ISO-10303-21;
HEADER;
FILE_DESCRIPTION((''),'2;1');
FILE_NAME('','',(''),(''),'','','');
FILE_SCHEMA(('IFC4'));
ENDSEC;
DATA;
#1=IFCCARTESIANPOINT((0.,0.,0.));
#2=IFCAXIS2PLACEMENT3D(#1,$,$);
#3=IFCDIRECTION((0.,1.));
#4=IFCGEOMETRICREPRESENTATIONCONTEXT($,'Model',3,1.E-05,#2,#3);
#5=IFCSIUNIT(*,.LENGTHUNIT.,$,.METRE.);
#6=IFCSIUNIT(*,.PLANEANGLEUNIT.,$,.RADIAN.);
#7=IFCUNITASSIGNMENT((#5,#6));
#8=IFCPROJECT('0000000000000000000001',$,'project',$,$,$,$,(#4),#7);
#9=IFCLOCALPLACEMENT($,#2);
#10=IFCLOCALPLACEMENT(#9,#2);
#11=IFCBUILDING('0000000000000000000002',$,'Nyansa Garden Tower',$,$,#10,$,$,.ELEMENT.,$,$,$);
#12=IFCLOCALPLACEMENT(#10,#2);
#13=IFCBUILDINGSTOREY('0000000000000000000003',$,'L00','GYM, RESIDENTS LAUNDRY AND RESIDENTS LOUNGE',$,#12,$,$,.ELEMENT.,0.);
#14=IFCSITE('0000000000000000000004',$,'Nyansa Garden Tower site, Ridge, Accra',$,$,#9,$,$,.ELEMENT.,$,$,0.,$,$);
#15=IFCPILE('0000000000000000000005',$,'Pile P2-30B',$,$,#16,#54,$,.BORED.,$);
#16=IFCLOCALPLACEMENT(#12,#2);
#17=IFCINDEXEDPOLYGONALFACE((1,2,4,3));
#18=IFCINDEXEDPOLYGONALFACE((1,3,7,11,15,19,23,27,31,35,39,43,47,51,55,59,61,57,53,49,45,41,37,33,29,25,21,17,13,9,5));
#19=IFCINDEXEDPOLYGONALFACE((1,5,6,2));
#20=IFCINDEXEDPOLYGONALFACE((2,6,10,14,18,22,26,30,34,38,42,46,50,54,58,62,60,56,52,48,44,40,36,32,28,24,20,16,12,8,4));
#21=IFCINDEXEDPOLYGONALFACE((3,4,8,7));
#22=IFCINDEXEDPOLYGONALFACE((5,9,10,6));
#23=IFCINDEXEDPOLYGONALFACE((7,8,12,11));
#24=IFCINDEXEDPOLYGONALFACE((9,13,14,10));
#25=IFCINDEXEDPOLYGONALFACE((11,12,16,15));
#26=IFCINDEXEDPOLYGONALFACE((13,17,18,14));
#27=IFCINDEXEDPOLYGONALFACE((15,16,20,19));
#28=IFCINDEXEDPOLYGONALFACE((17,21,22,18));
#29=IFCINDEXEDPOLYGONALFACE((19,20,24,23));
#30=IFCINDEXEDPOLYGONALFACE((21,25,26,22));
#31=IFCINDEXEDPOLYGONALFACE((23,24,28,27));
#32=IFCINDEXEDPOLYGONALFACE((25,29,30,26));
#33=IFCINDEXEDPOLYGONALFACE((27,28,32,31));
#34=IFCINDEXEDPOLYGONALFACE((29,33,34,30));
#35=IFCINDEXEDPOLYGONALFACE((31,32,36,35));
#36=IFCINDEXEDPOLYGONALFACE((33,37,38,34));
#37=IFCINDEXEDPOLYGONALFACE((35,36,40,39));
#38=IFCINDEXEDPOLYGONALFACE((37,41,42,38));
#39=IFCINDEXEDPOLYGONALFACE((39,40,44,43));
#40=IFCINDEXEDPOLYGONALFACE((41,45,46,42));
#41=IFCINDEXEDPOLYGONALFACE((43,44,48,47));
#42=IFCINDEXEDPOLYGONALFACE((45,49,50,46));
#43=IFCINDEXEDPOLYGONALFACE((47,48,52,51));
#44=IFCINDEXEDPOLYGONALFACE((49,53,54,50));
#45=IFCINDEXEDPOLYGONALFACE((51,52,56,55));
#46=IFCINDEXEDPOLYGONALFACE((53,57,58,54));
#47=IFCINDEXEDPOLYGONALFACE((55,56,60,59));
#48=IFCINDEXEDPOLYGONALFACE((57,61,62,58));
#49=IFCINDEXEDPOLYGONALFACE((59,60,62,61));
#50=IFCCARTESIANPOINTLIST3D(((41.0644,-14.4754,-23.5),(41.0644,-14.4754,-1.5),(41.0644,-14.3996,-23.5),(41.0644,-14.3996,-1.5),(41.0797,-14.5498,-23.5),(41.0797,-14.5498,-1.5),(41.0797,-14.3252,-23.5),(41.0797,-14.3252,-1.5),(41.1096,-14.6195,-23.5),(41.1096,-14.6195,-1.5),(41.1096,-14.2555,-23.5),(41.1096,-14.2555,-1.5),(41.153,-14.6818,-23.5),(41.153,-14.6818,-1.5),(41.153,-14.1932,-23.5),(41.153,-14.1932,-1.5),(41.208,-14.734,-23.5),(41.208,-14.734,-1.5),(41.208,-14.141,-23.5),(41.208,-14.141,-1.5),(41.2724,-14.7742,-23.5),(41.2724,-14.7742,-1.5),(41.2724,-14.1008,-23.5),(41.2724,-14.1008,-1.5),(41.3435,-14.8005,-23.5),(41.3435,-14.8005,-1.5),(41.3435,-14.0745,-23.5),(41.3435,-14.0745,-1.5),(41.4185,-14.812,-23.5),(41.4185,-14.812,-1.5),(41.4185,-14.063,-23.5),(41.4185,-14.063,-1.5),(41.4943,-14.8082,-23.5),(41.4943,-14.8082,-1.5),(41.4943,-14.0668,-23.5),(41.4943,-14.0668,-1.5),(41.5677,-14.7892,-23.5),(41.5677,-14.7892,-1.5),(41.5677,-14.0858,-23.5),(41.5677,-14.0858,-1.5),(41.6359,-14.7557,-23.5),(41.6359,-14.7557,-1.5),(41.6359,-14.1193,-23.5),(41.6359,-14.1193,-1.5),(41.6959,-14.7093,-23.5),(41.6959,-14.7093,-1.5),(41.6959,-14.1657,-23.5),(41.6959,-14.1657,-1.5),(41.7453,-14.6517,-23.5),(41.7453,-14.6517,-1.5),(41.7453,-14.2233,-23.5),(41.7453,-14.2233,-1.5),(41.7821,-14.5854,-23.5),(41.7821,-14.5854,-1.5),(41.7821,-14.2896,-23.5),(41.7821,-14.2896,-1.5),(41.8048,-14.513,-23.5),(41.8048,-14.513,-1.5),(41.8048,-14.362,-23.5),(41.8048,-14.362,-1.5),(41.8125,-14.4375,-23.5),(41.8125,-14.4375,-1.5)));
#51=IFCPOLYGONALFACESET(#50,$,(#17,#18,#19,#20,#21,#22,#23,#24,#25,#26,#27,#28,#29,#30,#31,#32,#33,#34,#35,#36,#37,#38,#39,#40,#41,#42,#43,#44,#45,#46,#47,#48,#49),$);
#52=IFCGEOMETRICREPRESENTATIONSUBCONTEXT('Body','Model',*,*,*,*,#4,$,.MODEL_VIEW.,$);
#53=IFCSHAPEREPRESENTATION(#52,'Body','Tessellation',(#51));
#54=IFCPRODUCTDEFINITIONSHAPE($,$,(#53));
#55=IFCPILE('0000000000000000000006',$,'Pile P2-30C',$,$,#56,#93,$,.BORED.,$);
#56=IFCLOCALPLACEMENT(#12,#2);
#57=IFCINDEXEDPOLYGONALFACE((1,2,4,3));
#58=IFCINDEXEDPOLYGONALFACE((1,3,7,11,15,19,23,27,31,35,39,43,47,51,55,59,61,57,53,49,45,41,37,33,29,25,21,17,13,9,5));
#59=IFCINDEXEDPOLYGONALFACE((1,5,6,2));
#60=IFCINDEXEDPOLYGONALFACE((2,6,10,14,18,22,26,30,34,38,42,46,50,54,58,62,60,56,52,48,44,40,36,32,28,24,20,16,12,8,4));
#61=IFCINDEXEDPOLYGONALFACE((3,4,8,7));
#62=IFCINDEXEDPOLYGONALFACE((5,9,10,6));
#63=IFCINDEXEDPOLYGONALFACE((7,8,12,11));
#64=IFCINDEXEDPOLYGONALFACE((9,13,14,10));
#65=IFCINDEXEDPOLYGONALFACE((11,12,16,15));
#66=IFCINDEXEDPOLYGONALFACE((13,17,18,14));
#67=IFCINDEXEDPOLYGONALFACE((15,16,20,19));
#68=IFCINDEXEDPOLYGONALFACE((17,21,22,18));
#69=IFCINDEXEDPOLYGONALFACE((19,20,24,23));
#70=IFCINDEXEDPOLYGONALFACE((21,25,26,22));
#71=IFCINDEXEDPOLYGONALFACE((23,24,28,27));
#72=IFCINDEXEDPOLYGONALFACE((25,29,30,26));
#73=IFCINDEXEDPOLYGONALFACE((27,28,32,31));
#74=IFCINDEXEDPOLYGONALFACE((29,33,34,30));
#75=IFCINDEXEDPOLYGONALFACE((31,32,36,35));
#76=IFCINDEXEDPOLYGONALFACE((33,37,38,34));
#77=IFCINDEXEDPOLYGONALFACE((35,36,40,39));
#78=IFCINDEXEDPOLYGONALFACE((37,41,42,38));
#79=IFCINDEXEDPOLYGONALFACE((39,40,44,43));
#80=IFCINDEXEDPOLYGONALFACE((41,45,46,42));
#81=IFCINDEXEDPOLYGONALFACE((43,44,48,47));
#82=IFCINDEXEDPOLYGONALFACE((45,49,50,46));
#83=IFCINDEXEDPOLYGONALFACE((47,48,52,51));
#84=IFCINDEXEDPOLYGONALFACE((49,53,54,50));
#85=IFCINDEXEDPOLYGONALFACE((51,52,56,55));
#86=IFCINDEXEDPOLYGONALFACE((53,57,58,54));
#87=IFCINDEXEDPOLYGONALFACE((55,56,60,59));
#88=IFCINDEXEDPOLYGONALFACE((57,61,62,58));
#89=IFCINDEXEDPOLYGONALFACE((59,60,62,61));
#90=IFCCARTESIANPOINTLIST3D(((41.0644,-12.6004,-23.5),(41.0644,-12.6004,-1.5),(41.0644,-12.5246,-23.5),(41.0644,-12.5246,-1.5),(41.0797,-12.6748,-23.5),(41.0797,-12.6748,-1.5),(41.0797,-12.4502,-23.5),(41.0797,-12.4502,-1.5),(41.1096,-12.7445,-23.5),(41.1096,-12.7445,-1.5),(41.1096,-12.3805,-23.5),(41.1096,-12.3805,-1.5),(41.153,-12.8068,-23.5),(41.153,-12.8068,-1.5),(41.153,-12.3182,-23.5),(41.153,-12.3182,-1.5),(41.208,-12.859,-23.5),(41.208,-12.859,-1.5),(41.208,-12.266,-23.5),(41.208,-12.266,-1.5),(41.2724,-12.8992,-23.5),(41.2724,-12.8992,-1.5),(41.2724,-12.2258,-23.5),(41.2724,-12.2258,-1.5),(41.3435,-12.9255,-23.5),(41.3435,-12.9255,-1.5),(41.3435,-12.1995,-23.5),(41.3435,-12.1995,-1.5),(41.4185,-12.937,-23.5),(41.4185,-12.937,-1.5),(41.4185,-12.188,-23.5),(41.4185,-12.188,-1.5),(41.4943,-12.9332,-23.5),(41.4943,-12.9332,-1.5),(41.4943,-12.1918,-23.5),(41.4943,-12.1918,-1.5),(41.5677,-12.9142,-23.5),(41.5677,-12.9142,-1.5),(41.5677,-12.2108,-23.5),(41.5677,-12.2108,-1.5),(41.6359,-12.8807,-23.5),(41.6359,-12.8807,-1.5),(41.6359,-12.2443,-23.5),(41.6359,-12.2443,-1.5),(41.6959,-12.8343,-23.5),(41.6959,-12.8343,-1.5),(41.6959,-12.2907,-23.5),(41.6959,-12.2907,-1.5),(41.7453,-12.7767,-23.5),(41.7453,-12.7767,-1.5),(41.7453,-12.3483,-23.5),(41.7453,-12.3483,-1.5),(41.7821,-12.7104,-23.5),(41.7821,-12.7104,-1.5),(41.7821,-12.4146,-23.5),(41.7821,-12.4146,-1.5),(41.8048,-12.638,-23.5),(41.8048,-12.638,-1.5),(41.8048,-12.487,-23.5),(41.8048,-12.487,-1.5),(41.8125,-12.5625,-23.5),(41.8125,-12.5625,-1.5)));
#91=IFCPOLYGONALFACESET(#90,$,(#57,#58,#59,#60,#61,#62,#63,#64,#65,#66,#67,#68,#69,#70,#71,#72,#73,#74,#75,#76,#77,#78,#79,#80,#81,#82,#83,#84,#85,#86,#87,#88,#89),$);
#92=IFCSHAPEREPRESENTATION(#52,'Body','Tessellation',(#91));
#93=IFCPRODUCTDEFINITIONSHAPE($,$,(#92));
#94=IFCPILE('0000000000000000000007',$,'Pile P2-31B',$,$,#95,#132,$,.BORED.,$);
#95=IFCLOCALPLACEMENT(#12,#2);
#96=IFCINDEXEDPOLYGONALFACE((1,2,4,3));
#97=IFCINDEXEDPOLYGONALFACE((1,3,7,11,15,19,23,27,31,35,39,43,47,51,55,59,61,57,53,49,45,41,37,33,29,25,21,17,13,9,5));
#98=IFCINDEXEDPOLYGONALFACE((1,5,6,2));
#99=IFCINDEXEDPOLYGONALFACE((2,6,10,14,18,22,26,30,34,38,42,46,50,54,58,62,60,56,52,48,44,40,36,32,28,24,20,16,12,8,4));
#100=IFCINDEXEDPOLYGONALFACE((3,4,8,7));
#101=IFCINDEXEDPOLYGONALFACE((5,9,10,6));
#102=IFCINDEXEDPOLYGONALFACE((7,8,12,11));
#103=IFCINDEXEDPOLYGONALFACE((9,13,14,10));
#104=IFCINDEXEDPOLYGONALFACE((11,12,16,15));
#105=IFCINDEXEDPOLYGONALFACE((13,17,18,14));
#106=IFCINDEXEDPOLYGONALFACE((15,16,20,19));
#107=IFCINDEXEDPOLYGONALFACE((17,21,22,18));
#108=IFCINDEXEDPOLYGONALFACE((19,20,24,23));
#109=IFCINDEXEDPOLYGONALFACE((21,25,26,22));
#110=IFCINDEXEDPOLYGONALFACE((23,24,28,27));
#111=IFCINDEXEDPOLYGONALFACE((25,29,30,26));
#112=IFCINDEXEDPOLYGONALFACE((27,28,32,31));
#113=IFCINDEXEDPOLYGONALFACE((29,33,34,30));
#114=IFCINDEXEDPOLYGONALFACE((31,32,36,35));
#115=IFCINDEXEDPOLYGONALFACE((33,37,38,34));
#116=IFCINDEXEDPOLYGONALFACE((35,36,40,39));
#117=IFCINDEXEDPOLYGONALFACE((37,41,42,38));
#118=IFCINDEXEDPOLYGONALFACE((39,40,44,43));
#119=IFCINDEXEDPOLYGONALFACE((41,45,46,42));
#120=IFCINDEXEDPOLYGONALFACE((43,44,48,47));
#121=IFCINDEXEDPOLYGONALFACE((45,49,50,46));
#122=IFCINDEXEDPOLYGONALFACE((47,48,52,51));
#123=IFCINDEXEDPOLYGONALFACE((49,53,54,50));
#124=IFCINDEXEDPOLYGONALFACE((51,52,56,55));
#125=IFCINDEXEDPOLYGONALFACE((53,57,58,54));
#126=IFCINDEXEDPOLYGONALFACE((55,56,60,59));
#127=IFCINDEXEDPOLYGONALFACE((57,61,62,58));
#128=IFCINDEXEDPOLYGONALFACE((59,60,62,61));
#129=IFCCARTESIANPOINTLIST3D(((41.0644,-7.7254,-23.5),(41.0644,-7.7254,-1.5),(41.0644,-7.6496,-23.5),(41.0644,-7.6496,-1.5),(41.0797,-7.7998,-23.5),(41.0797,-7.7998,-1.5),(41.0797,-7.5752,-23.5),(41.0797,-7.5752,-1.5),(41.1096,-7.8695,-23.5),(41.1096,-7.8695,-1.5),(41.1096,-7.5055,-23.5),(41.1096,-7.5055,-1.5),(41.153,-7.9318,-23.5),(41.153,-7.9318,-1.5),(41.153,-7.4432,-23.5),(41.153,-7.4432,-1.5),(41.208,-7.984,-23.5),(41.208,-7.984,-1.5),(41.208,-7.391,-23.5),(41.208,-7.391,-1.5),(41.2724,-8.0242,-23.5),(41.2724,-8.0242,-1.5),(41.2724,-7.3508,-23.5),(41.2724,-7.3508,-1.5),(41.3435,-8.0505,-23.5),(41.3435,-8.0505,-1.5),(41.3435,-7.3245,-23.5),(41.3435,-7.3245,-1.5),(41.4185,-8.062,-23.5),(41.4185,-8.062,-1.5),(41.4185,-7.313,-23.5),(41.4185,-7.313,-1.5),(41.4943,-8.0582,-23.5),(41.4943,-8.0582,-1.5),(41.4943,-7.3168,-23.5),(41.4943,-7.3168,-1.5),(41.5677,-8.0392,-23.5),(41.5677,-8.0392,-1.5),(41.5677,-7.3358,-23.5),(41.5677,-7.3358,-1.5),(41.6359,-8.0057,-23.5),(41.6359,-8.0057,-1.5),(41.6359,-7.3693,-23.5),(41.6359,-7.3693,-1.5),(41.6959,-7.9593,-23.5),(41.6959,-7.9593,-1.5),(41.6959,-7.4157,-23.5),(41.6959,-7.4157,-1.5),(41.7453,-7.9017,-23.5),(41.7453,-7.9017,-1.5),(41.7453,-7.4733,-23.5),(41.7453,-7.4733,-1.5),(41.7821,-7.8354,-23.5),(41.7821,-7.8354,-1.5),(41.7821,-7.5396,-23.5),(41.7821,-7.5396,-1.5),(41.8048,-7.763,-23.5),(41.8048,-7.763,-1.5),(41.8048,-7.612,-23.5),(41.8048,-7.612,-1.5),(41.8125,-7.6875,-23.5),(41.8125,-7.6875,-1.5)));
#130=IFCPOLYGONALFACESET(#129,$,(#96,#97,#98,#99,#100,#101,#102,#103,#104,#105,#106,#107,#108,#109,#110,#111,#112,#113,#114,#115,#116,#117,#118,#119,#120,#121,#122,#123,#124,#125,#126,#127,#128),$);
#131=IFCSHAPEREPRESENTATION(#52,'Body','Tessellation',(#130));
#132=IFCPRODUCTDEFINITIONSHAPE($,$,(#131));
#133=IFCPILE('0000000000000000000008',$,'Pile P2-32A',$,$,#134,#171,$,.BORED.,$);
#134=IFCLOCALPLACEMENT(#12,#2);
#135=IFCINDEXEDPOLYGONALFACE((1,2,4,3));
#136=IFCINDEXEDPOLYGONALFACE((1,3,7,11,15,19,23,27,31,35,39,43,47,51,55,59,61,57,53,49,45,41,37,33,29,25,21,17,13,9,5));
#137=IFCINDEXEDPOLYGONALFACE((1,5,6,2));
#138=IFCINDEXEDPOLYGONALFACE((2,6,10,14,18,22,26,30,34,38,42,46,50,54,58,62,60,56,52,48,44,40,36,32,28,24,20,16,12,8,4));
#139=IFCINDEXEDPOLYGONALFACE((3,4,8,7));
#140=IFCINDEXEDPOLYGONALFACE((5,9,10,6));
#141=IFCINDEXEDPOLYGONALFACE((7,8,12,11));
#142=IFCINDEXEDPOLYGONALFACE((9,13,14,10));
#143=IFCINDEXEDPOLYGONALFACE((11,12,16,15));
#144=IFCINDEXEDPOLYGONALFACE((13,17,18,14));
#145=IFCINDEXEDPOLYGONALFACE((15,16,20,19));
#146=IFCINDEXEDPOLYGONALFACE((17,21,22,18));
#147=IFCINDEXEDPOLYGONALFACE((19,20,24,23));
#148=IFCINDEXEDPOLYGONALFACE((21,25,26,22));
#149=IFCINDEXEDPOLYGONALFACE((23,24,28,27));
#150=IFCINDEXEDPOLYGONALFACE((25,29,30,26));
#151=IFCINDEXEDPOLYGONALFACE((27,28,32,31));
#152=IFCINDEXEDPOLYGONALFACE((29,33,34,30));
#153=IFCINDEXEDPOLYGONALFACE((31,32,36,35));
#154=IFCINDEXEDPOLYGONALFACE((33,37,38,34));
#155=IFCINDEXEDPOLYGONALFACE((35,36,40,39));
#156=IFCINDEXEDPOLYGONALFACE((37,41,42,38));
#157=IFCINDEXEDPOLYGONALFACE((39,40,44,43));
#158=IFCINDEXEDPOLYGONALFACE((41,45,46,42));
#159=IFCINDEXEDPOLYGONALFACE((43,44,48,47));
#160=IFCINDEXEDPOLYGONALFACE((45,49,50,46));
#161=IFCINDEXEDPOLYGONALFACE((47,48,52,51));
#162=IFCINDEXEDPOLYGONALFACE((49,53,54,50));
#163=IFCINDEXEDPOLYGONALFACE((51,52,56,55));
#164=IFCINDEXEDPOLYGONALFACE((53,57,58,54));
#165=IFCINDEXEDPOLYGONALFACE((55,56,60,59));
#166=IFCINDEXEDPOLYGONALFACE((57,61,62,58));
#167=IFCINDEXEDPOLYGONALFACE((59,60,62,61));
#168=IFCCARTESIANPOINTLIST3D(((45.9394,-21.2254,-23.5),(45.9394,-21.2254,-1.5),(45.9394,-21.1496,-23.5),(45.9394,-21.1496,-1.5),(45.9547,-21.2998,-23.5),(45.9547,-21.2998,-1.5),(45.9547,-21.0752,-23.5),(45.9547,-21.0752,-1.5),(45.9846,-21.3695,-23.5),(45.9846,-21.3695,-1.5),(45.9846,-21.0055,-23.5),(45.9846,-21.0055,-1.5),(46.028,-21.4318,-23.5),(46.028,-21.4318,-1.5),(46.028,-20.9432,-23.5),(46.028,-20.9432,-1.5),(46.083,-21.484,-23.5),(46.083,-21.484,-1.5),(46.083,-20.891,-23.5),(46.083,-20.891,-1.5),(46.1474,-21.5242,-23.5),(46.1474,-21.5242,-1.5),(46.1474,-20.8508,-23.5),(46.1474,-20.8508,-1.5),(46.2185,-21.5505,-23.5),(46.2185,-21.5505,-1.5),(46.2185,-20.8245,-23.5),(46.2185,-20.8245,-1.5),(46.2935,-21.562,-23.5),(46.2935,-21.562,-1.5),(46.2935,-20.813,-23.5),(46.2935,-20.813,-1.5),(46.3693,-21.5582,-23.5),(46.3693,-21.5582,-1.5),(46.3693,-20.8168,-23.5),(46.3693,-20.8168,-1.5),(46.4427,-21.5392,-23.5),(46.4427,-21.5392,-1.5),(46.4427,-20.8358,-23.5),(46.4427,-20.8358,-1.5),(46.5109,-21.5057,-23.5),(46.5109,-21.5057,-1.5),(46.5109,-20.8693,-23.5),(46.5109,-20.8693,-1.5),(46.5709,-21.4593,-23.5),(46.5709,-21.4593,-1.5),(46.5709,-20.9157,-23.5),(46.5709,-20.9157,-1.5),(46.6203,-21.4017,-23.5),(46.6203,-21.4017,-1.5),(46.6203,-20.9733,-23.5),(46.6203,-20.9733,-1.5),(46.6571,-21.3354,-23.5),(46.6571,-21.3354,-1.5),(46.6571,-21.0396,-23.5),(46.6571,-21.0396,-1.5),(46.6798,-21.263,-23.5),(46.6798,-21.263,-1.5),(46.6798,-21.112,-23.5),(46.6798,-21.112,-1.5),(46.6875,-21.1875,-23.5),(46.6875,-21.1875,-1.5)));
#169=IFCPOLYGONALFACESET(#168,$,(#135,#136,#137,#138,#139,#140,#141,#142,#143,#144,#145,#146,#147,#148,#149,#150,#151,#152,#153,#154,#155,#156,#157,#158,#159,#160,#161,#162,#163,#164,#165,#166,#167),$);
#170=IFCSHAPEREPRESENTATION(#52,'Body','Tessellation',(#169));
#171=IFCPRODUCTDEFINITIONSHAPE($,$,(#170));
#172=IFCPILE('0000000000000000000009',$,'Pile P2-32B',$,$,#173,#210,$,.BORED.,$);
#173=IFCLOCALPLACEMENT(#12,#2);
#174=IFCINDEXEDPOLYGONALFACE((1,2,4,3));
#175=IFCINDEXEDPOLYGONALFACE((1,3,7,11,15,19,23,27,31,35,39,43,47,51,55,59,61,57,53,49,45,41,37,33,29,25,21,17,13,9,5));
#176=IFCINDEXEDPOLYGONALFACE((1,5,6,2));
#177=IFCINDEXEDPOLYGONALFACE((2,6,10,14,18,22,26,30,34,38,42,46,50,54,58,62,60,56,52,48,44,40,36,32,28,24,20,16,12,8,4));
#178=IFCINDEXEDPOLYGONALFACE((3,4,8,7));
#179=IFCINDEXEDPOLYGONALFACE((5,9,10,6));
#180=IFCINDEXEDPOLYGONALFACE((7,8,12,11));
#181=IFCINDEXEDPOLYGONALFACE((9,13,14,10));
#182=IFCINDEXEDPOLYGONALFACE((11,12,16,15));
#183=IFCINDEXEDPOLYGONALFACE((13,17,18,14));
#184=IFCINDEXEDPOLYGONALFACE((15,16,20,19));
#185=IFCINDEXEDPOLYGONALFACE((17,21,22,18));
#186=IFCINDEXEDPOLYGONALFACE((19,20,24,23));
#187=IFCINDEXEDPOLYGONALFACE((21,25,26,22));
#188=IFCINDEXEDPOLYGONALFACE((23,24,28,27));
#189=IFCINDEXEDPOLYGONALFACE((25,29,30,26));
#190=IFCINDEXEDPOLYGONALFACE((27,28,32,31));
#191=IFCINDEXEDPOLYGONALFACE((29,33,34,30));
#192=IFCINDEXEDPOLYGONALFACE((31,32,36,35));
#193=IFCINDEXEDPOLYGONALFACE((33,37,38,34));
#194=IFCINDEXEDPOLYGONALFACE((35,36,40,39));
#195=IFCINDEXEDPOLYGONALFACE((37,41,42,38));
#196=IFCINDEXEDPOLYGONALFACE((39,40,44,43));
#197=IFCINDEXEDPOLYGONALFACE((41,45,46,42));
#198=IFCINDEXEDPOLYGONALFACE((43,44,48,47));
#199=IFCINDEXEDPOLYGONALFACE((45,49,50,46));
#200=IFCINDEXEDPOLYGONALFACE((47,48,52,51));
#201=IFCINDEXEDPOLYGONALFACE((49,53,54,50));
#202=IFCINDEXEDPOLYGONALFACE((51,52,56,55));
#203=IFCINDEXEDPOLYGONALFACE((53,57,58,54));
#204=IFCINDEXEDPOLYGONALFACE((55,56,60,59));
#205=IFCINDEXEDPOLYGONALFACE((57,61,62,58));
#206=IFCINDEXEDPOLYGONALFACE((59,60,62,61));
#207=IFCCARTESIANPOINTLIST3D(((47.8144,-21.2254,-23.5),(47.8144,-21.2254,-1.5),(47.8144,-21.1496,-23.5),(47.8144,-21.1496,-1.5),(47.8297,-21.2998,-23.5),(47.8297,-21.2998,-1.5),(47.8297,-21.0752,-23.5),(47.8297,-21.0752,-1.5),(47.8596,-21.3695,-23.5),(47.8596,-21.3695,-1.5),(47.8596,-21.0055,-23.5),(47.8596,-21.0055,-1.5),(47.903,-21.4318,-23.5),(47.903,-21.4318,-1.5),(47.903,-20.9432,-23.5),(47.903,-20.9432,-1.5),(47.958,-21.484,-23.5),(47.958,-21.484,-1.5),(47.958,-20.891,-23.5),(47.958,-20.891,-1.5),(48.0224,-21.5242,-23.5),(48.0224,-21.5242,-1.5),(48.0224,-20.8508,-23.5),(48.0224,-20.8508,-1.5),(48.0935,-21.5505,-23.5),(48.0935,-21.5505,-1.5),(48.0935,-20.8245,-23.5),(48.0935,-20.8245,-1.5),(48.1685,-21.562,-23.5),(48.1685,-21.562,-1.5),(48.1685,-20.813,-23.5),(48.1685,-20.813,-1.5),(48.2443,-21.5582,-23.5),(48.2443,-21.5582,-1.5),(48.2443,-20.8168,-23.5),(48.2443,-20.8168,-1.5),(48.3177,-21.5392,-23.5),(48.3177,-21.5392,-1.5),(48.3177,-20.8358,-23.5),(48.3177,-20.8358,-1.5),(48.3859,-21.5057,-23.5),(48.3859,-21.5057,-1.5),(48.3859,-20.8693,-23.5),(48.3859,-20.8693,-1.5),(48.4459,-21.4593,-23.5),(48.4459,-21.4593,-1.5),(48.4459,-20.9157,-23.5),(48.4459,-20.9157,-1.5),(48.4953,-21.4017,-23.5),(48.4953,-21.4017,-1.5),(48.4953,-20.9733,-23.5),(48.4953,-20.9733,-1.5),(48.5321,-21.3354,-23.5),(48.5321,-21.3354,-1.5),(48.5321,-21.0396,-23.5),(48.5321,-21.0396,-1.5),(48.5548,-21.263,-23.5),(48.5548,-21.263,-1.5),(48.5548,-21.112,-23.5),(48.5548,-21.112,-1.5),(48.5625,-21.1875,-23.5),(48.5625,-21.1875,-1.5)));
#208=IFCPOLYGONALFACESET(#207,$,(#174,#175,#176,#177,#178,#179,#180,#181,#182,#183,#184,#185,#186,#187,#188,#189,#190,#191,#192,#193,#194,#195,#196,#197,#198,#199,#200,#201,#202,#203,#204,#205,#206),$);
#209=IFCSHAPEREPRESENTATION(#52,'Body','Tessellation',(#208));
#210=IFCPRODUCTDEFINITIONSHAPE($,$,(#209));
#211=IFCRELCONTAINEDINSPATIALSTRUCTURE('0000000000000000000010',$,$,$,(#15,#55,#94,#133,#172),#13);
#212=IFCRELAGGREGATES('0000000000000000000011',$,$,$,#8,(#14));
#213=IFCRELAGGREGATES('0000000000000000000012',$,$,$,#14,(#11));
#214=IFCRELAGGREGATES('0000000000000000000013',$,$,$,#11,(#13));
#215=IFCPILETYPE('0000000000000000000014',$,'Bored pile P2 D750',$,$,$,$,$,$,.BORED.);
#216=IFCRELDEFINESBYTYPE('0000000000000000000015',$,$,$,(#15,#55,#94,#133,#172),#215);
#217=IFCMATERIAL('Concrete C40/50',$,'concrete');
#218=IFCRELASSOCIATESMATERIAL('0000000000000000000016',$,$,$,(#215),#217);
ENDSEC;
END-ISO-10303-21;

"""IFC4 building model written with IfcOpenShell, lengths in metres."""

from ifc_helpers import new_model, si_unit, direction, frame, origin, origin_2d, place, context, subcontext, project, spatial, circle, extrude, material, type_object, element, save


model = new_model("IFC4")

# Units and contexts
model_context = context("Model", 3, precision=1e-05, world=origin(), true_north=direction((0.0, 1.0)))
body_context = subcontext(model_context, "Body", "Model", "MODEL_VIEW")
ifc_project = project(units=[si_unit("LENGTHUNIT", "METRE"), si_unit("PLANEANGLEUNIT", "RADIAN")], contexts=[model_context])

# Site, building, storey
site_placement = place(None, origin())
site = spatial("IfcSite", under=ifc_project, at=site_placement, Name="Nyansa Garden Tower site, Ridge, Accra", CompositionType="ELEMENT", RefElevation=0.0)
building_placement = place(site_placement, origin())
building = spatial("IfcBuilding", under=site, at=building_placement, Name="Nyansa Garden Tower", CompositionType="ELEMENT")
storey_placement = place(building_placement, origin())
storey = spatial("IfcBuildingStorey", under=building, at=storey_placement, Name="L00", Description="GYM, RESIDENTS LAUNDRY AND RESIDENTS LOUNGE", CompositionType="ELEMENT", Elevation=0.0)

# Piles
ifc_material_1 = material(Name="Concrete C40/50", Category="concrete")
pile_type = type_object("IfcPileType", Name="Bored pile P2 D750", PredefinedType="BORED", material=ifc_material_1)
for number, where, z_axis, x_axis, name in (
    (1, (41.4375, -14.4375, -1.5), (0.0, 0.0, -1.0), (1.0, 0.0, 0.0), "Pile P2-30B"),
    (2, (41.4375, -12.5625, -1.5), (0.0, 0.0, -1.0), (1.0, 0.0, 0.0), "Pile P2-30C"),
    (3, (41.4375, -7.6875, -1.5), (0.0, 0.0, -1.0), (1.0, 0.0, 0.0), "Pile P2-31B"),
    (4, (46.3125, -21.1875, -1.5), (0.0, 0.0, -1.0), (1.0, 0.0, 0.0), "Pile P2-32A"),
    (5, (48.1875, -21.1875, -1.5), (0.0, 0.0, -1.0), (1.0, 0.0, 0.0), "Pile P2-32B"),
):
    element("IfcPile", number, at=place(storey_placement, frame(where, z_axis=z_axis, x_axis=x_axis)), inside=storey, type_object=pile_type, Name=name, PredefinedType="BORED", context=body_context, shape_type="SweptSolid", body=[
        extrude(circle(Radius=0.375, at=origin_2d()), origin(), (0.0, 0.0, 1.0), 22.0),
    ])

save(model, "model.ifc")
